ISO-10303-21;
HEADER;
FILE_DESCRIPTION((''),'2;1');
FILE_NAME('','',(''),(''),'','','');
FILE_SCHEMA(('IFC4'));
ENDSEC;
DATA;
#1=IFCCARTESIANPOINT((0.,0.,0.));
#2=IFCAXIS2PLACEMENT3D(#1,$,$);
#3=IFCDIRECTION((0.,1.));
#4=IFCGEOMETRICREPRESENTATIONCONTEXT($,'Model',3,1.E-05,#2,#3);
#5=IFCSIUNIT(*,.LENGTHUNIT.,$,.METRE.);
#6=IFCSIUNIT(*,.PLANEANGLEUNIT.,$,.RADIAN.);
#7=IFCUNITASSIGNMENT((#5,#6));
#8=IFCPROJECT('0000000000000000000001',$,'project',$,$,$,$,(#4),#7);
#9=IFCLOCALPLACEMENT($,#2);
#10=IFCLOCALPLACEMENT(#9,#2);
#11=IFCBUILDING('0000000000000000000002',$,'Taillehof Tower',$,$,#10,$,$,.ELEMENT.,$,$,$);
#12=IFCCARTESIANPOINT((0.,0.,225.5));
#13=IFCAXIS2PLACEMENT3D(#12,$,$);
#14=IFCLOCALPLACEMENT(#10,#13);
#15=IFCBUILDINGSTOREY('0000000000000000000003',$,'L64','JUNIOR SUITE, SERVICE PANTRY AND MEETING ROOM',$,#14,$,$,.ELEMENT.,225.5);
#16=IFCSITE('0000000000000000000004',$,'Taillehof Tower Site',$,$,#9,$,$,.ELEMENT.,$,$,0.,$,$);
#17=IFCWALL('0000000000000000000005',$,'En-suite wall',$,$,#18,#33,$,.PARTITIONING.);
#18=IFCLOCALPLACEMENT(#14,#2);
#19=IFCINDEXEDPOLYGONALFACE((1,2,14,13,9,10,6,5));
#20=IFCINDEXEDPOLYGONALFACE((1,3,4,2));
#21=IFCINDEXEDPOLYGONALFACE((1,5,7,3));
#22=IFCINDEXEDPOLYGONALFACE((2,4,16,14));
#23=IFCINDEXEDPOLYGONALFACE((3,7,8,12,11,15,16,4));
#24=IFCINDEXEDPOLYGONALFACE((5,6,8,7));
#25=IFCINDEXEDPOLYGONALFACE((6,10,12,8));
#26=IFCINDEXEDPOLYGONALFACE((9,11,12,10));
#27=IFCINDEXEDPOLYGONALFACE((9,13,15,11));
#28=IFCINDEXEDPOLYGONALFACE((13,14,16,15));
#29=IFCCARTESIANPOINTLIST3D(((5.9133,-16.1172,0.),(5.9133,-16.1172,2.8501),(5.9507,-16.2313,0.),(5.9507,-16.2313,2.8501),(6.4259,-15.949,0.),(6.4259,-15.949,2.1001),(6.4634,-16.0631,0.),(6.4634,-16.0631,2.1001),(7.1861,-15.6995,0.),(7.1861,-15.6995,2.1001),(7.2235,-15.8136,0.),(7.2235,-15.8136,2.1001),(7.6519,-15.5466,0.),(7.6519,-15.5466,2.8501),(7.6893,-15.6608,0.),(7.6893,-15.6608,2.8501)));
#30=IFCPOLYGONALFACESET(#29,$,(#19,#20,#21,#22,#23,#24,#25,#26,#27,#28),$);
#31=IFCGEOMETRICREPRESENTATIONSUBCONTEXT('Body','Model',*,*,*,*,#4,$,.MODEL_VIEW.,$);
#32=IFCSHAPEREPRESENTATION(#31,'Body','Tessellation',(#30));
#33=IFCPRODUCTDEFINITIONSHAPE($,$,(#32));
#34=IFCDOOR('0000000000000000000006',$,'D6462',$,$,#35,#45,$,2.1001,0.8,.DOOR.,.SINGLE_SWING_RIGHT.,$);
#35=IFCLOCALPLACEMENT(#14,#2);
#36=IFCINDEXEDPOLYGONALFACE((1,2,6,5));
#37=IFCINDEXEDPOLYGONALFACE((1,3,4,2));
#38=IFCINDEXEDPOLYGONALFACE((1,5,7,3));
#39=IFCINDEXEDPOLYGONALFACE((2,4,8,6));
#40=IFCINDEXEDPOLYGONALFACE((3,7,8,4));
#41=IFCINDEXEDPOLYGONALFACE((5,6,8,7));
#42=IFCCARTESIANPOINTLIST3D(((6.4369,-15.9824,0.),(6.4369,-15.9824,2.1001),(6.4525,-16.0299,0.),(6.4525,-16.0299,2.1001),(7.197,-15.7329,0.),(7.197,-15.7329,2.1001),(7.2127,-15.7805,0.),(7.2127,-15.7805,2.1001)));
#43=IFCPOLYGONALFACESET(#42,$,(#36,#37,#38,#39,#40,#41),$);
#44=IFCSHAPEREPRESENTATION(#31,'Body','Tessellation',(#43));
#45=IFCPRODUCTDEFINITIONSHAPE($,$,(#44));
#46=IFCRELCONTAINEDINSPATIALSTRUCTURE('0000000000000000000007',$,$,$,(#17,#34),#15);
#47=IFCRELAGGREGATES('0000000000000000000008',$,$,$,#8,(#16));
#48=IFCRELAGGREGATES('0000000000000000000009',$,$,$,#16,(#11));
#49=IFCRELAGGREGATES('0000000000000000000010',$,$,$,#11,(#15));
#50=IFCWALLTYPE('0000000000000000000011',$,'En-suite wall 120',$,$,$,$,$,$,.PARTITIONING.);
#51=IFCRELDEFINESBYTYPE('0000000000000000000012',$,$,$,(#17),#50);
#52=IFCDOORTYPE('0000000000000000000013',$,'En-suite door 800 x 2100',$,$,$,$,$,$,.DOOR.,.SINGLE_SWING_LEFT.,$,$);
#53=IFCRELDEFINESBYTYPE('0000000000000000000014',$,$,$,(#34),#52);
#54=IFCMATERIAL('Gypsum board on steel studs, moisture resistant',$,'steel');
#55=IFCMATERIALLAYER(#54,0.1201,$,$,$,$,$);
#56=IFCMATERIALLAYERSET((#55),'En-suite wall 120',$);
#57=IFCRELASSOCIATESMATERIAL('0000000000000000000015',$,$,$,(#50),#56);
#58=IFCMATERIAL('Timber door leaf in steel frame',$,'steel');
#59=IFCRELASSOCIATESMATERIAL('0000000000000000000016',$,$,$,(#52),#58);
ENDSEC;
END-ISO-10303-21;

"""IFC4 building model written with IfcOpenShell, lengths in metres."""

from ifc_helpers import new_model, si_unit, direction, frame, frame_2d, origin, place, context, subcontext, project, spatial, rectangle, extrude, material, layer, layer_set, type_object, element, fill, save


model = new_model("IFC4")

# Units and contexts
model_context = context("Model", 3, precision=1e-05, world=origin(), true_north=direction((0.0, 1.0)))
body_context = subcontext(model_context, "Body", "Model", "MODEL_VIEW")
ifc_project = project(units=[si_unit("LENGTHUNIT", "METRE"), si_unit("PLANEANGLEUNIT", "RADIAN")], contexts=[model_context])

# Site, building, storey
site_placement = place(None, origin())
site = spatial("IfcSite", under=ifc_project, at=site_placement, Name="Taillehof Tower Site", CompositionType="ELEMENT", RefElevation=0.0)
building_placement = place(site_placement, origin())
building = spatial("IfcBuilding", under=site, at=building_placement, Name="Taillehof Tower", CompositionType="ELEMENT")
storey_placement = place(building_placement, frame((0.0, 0.0, 225.5)))
storey = spatial("IfcBuildingStorey", under=building, at=storey_placement, Name="L64", Description="JUNIOR SUITE, SERVICE PANTRY AND MEETING ROOM", CompositionType="ELEMENT", Elevation=225.5)

# Wall, opening, door
ifc_material_1 = material(Name="Gypsum board on steel studs, moisture resistant", Category="steel")
ifc_layer_1 = layer(ifc_material_1, 0.1201)
ifc_layer_set_1 = layer_set([ifc_layer_1], Name="En-suite wall 120")
wall_type_1 = type_object("IfcWallType", Name="En-suite wall 120", PredefinedType="PARTITIONING", material=ifc_layer_set_1)
wall_1_placement = place(storey_placement, frame((5.9319, -16.1743, 0.0), z_axis=(0.0, 0.0, 1.0), x_axis=(0.950141, 0.311821, 0.0)))
wall_1 = element("IfcWall", 1, at=wall_1_placement, inside=storey, type_object=wall_type_1, Name="En-suite wall", PredefinedType="PARTITIONING", context=body_context, shape_type="SweptSolid", body=[
    extrude(rectangle(XDim=1.8298, YDim=0.1201, at=frame_2d((0.915, 0.0))), origin(), (0.0, 0.0, 1.0), 2.8501),
])
opening_1_placement = place(wall_1_placement, frame((0.5398, 0.0, 0.0)))
opening_1 = element("IfcOpeningElement", 2, at=opening_1_placement, cuts=wall_1, PredefinedType="OPENING", context=body_context, shape_type="SweptSolid", body=[
    extrude(rectangle(XDim=0.8, YDim=2.1001, at=frame_2d((0.3999, 1.05))), frame((0.0, 0.0701, 0.0), z_axis=(0.0, -1.0, 0.0), x_axis=(1.0, 0.0, 0.0)), (0.0, 0.0, 1.0), 0.1401),
])
ifc_material_2 = material(Name="Timber door leaf in steel frame", Category="steel")
door_type = type_object("IfcDoorType", Name="En-suite door 800 x 2100", OperationType="SINGLE_SWING_LEFT", PredefinedType="DOOR", material=ifc_material_2)
door_placement = place(opening_1_placement, origin())
door = element("IfcDoor", 3, at=door_placement, inside=storey, type_object=door_type, Name="D6462", OperationType="SINGLE_SWING_RIGHT", OverallHeight=2.1001, OverallWidth=0.8, PredefinedType="DOOR", context=body_context, shape_type="SweptSolid", body=[
    extrude(rectangle(XDim=0.8, YDim=2.1001, at=frame_2d((0.3999, 1.05))), frame((0.0, 0.0249, 0.0), z_axis=(0.0, -1.0, 0.0), x_axis=(1.0, 0.0, 0.0)), (0.0, 0.0, 1.0), 0.05),
])
fill(opening_1, door)

save(model, "model.ifc")
